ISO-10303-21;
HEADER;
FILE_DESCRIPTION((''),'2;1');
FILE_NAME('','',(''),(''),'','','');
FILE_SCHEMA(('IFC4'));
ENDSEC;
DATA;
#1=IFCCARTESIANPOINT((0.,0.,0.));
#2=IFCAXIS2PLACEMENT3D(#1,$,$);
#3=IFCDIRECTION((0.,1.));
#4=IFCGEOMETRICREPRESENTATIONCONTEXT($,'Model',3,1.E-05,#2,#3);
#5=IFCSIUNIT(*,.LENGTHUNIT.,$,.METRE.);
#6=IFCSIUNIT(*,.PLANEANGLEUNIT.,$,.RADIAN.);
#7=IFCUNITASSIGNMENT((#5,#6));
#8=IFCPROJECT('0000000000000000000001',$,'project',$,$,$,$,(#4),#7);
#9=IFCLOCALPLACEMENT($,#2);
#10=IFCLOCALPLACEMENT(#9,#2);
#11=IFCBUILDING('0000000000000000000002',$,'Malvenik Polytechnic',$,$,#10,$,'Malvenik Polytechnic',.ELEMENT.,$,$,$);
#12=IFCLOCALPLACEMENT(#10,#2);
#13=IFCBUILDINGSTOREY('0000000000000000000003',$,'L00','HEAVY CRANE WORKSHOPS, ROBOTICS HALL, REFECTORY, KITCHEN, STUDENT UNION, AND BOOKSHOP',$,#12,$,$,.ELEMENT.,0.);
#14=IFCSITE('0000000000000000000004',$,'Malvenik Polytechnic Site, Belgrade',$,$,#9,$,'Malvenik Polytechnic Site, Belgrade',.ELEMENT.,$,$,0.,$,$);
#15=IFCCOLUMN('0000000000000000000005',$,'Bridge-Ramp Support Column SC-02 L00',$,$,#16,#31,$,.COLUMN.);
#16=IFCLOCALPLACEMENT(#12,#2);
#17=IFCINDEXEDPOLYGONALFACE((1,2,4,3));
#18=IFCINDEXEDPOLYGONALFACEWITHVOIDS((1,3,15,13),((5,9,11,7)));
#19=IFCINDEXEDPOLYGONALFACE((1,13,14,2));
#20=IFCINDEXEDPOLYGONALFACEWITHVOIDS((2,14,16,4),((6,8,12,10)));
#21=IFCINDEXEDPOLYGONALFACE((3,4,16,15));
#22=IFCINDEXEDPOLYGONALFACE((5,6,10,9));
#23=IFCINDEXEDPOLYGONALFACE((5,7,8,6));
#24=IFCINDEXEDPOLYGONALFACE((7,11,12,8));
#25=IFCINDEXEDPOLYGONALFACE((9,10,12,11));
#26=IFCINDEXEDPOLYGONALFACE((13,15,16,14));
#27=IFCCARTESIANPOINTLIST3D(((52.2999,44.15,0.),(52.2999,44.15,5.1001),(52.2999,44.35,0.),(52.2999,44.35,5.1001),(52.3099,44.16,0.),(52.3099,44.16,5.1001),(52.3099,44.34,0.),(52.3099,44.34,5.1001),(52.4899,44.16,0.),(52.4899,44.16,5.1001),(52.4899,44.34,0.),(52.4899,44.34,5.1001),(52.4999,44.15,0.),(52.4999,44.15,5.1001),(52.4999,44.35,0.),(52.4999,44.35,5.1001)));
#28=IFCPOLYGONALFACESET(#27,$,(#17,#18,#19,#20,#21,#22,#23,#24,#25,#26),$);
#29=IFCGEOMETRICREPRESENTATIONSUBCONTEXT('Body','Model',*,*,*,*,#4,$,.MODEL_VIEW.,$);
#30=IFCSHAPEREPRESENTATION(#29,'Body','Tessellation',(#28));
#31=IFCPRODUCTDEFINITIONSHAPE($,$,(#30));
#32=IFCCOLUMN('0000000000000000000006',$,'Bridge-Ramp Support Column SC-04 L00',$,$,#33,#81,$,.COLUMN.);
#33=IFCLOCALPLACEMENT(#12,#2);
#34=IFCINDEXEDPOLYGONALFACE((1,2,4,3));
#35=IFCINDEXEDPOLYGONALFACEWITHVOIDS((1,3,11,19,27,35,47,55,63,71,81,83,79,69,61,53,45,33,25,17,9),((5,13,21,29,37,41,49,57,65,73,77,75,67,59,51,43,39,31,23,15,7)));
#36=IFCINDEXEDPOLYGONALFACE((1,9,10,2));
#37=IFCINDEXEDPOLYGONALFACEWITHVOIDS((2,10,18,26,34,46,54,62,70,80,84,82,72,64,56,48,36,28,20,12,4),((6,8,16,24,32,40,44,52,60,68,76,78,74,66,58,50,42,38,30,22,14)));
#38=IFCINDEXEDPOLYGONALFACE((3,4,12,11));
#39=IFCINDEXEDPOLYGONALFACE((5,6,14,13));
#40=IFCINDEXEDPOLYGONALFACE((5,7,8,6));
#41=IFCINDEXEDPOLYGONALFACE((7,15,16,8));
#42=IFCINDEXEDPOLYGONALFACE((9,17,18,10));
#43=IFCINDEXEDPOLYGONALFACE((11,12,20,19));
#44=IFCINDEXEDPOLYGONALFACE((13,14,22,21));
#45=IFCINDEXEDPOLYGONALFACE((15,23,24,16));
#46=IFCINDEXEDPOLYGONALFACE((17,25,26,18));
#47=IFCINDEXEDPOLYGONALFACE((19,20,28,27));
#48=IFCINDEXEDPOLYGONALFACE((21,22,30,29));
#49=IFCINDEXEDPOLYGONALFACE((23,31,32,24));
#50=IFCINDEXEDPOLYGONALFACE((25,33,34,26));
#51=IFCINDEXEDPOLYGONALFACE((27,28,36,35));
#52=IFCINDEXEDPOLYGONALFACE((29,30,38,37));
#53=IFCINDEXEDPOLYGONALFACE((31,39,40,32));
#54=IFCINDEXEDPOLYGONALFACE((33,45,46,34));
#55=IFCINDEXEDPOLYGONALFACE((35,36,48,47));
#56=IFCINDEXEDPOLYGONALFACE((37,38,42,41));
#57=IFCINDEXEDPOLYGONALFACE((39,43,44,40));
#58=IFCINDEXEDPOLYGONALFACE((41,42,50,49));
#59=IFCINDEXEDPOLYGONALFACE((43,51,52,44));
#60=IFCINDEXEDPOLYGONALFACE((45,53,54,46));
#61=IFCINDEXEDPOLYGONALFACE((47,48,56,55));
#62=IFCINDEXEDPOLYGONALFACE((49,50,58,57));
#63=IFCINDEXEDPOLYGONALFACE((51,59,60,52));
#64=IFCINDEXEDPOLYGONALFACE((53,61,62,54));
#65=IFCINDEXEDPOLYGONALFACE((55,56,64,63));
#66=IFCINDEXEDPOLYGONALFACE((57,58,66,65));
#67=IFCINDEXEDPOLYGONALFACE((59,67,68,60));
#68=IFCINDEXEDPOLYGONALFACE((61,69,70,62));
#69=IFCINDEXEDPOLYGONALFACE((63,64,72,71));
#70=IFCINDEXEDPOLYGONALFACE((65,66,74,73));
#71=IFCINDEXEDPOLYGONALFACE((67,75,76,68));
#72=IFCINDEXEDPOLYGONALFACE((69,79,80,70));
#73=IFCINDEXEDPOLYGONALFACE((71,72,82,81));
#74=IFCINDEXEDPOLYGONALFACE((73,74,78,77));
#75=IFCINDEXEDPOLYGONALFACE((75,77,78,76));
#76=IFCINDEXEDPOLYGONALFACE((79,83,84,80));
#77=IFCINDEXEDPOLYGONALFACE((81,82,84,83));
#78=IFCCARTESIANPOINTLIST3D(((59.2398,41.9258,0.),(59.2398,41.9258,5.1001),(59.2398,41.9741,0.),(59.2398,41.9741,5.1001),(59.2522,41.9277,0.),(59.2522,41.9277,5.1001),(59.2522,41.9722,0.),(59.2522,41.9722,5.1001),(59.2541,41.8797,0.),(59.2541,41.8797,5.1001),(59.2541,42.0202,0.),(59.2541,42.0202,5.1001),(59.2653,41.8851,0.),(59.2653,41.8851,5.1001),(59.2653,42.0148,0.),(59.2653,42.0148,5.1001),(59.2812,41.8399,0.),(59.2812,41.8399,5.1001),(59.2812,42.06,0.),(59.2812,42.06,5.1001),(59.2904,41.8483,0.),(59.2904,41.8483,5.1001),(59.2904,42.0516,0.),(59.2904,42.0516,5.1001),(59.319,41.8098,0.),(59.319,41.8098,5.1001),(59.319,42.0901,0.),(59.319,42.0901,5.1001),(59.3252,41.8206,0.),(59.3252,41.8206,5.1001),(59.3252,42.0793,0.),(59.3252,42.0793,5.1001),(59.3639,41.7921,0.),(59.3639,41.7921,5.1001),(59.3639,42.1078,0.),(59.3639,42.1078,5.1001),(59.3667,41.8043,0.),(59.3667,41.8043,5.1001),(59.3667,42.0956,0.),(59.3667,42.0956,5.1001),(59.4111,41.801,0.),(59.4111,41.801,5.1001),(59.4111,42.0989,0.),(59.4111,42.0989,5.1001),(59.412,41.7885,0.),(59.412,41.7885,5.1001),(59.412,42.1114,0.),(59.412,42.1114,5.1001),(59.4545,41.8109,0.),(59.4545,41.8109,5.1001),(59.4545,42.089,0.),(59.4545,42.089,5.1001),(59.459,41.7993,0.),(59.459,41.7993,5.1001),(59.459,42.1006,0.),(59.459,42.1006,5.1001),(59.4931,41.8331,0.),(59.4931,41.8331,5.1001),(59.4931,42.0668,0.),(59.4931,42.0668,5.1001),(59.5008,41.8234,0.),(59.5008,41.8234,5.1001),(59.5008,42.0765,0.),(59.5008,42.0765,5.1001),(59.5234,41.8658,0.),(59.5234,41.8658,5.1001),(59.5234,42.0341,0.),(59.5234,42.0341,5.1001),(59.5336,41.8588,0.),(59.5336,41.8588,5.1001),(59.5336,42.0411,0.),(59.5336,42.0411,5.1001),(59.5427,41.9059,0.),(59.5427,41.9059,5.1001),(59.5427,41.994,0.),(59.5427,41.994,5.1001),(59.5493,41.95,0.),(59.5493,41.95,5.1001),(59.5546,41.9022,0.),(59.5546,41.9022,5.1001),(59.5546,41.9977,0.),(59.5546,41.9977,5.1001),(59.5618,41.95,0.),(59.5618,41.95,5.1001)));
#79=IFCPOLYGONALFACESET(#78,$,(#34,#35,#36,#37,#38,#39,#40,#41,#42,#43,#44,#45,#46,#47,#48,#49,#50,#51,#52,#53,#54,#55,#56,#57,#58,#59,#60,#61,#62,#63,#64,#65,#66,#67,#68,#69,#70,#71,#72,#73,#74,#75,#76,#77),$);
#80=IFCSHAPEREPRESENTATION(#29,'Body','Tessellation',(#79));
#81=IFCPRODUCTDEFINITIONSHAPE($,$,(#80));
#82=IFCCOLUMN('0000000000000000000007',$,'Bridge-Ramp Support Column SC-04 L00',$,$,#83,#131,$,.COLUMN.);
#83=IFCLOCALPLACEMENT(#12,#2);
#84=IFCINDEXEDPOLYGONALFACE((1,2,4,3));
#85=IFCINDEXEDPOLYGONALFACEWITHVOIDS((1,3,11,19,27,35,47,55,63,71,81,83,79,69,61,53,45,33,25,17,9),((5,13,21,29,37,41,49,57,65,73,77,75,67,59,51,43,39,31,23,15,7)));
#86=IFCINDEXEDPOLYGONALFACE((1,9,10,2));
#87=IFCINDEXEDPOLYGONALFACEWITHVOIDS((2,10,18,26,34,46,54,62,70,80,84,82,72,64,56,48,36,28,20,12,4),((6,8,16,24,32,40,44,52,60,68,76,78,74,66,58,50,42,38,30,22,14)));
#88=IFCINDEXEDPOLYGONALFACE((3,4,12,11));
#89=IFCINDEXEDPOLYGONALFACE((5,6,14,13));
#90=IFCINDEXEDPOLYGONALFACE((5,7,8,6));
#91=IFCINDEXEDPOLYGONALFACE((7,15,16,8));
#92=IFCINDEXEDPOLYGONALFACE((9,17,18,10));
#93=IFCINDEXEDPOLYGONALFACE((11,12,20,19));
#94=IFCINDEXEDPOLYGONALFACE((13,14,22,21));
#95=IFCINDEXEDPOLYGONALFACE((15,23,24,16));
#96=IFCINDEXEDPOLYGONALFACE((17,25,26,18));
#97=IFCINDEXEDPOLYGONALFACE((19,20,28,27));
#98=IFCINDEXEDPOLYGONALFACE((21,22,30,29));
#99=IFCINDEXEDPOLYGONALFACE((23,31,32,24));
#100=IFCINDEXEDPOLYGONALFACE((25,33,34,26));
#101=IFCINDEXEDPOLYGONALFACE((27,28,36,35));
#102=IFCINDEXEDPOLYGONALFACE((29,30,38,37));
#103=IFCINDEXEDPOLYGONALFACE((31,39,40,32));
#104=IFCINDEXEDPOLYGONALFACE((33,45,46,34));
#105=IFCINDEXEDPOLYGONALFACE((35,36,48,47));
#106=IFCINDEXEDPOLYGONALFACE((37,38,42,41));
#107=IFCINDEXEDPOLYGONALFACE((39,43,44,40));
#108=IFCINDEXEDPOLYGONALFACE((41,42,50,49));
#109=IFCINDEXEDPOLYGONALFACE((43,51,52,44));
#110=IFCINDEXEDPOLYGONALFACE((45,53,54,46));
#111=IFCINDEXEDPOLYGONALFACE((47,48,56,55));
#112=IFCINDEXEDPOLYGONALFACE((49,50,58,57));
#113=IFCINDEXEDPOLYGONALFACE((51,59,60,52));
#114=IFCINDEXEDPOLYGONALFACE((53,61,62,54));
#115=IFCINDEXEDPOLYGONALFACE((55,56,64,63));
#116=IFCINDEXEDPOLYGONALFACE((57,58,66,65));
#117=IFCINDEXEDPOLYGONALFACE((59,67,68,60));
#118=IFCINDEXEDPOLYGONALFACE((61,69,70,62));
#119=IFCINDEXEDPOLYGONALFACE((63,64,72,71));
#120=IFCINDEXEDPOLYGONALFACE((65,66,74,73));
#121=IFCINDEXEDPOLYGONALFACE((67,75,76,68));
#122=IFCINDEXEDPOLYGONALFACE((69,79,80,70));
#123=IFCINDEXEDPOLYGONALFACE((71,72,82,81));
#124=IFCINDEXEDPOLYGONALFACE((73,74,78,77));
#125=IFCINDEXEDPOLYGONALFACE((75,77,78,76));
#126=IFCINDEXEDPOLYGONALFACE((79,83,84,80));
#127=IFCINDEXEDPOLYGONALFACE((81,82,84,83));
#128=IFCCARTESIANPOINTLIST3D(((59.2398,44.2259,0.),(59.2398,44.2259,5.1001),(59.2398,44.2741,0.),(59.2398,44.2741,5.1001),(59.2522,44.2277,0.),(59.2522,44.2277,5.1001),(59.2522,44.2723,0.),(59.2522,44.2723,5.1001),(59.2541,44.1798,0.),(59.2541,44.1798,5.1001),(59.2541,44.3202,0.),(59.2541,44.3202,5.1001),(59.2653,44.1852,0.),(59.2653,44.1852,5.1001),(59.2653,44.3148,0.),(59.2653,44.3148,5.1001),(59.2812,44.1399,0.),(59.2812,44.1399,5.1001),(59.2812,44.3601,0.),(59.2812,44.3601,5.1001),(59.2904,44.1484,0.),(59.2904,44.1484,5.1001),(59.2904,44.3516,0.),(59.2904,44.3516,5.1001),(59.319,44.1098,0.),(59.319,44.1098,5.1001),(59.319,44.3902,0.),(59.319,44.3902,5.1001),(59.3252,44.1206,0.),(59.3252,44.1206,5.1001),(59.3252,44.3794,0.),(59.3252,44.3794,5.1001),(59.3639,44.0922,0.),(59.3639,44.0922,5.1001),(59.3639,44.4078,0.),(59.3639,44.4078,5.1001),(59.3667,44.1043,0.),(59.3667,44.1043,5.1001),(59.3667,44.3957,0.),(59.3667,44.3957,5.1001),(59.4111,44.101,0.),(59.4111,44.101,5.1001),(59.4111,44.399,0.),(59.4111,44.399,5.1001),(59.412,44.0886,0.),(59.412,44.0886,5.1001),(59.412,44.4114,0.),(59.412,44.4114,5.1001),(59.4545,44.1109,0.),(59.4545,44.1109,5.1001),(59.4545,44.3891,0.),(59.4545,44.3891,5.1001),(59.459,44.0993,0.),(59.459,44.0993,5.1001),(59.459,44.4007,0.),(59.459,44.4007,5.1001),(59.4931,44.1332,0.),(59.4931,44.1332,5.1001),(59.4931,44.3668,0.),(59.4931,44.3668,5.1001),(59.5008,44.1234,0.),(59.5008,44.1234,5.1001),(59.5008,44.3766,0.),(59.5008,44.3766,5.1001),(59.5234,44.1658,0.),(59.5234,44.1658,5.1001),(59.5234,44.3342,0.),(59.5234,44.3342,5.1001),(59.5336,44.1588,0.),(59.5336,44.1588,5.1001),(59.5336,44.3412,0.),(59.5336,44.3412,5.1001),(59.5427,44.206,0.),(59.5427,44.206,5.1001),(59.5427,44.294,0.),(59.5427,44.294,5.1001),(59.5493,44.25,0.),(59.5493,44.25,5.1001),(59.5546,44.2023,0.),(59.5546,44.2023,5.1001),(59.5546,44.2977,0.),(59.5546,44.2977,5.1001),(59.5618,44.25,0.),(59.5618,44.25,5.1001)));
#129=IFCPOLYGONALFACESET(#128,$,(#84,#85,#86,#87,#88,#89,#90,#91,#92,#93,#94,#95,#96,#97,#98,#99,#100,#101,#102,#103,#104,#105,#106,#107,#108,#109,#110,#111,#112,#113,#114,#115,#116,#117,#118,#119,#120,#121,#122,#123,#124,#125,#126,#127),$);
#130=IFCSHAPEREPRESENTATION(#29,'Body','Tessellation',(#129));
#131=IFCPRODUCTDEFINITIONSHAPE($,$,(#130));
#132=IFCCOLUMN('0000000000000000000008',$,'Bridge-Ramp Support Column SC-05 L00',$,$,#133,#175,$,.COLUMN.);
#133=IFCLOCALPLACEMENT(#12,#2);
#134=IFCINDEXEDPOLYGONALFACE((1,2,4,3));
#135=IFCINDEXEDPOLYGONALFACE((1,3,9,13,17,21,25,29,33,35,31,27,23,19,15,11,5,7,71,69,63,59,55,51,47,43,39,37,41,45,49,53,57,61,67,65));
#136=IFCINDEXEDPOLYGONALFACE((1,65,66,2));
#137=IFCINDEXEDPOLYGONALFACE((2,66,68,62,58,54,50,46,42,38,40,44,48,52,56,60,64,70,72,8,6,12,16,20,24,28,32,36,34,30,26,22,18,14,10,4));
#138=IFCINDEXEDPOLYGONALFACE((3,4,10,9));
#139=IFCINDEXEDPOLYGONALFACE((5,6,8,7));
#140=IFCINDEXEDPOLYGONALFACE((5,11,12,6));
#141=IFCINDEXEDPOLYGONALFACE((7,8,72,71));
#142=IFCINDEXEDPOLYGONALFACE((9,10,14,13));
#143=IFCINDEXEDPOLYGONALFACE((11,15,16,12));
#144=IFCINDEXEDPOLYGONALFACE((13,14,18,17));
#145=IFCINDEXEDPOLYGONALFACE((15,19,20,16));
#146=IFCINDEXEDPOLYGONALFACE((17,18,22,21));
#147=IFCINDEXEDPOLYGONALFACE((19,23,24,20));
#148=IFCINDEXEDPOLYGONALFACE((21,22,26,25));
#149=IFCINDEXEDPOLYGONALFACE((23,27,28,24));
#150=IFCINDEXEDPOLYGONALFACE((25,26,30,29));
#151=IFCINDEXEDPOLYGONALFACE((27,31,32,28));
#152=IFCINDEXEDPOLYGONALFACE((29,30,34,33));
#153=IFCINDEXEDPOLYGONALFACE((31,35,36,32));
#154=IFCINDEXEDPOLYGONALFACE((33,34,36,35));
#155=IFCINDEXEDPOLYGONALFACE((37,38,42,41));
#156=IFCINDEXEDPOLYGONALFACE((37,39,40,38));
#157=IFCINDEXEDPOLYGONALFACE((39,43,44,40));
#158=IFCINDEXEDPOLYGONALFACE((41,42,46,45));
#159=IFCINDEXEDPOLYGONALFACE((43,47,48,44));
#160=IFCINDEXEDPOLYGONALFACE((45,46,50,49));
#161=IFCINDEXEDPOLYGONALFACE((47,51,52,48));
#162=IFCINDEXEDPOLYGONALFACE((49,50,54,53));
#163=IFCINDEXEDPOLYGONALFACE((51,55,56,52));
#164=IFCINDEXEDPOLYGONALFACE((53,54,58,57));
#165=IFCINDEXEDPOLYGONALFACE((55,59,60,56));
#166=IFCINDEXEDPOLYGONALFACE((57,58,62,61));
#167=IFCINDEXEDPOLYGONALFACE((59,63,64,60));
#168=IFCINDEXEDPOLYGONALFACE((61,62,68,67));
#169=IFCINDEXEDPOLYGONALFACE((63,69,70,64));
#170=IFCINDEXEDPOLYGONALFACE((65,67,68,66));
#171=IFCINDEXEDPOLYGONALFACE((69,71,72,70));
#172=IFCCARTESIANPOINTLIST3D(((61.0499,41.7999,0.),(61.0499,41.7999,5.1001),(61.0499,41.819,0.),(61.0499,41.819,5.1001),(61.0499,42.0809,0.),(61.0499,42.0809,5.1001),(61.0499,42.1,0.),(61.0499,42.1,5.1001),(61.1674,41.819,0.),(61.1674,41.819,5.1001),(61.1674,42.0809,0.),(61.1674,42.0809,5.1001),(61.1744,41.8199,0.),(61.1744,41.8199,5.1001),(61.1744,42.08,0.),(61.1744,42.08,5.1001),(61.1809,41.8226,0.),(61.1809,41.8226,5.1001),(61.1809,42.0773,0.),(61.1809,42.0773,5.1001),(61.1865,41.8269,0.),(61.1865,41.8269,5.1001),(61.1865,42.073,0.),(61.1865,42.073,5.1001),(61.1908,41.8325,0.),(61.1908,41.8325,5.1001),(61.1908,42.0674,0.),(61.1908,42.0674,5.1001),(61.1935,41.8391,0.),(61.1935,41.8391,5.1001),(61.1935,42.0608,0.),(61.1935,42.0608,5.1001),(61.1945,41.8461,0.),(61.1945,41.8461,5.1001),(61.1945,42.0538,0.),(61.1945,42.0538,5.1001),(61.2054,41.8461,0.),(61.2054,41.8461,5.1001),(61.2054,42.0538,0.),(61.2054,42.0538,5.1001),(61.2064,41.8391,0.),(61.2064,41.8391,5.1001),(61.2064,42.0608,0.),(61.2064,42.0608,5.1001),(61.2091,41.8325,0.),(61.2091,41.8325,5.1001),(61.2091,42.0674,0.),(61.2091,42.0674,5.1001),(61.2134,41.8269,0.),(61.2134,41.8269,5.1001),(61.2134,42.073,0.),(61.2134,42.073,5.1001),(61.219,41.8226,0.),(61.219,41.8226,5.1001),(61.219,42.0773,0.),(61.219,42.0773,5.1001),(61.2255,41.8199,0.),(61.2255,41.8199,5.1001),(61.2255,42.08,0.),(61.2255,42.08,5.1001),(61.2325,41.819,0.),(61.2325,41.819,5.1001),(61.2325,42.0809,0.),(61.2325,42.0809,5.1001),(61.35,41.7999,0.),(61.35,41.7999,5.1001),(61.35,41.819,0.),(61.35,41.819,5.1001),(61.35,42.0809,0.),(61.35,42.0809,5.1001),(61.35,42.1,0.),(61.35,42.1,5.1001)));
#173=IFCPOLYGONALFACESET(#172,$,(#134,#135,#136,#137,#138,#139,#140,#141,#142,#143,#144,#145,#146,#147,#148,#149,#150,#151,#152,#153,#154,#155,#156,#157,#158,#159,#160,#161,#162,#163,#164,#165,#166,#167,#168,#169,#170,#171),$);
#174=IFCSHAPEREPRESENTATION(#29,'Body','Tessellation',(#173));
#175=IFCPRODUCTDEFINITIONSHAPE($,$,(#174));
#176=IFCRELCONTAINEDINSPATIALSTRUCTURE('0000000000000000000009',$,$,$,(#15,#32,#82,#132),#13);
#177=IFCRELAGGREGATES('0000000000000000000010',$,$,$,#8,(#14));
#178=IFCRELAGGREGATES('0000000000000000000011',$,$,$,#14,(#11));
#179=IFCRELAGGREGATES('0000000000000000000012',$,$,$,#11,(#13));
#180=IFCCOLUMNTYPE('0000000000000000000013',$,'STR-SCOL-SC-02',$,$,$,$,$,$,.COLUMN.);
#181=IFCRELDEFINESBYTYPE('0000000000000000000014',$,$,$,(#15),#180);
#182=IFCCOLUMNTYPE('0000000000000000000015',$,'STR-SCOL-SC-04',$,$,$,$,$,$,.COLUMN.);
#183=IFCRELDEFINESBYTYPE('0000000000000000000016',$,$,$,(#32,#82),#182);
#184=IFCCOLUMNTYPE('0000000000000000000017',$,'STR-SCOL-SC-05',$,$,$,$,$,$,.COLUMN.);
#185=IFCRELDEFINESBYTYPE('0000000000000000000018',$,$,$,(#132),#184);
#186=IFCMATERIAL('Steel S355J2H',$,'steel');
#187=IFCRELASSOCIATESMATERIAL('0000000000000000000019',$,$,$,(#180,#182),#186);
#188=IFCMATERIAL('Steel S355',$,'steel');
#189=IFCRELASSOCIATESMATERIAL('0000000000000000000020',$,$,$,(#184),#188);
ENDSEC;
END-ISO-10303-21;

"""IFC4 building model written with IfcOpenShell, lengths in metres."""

from ifc_helpers import new_model, si_unit, direction, frame, origin, origin_2d, place, context, subcontext, project, spatial, hollow_rectangle, hollow_circle, i_section, extrude, material, material_profile, profile_set, type_object, element, save


model = new_model("IFC4")

# Units and contexts
model_context = context("Model", 3, precision=1e-05, world=origin(), true_north=direction((0.0, 1.0)))
body_context = subcontext(model_context, "Body", "Model", "MODEL_VIEW")
ifc_project = project(units=[si_unit("LENGTHUNIT", "METRE"), si_unit("PLANEANGLEUNIT", "RADIAN")], contexts=[model_context])

# Site, building, storey
site_placement = place(None, origin())
site = spatial("IfcSite", under=ifc_project, at=site_placement, Name="Malvenik Polytechnic Site, Belgrade", LongName="Malvenik Polytechnic Site, Belgrade", CompositionType="ELEMENT", RefElevation=0.0)
building_placement = place(site_placement, origin())
building = spatial("IfcBuilding", under=site, at=building_placement, Name="Malvenik Polytechnic", LongName="Malvenik Polytechnic", CompositionType="ELEMENT")
storey_placement = place(building_placement, origin())
storey = spatial("IfcBuildingStorey", under=building, at=storey_placement, Name="L00", Description="HEAVY CRANE WORKSHOPS, ROBOTICS HALL, REFECTORY, KITCHEN, STUDENT UNION, AND BOOKSHOP", CompositionType="ELEMENT", Elevation=0.0)

# Columns
ifc_material_1 = material(Name="Steel S355J2H", Category="steel")
ifc_material_profile_1 = material_profile(ifc_material_1, hollow_rectangle(XDim=0.2, YDim=0.2, WallThickness=0.01, at=origin_2d()), Name="SHS 200x200x10.0")
ifc_profile_set_1 = profile_set([ifc_material_profile_1], Name="Steel S355J2H")
column_type_1 = type_object("IfcColumnType", Name="STR-SCOL-SC-02", PredefinedType="COLUMN", material=ifc_profile_set_1)
for number, where, z_axis, x_axis, name in (
    (1, (52.3999, 44.25, 0.0), (0.0, 0.0, 1.0), (1.0, 0.0, 0.0), "Bridge-Ramp Support Column SC-02 L00"),
):
    element("IfcColumn", number, at=place(storey_placement, frame(where, z_axis=z_axis, x_axis=x_axis)), inside=storey, type_object=column_type_1, Name=name, PredefinedType="COLUMN", context=body_context, shape_type="SweptSolid", body=[
        extrude(hollow_rectangle(XDim=0.2, YDim=0.2, WallThickness=0.01, at=origin_2d()), origin(), (0.0, 0.0, 1.0), 5.1001),
    ])
ifc_material_profile_2 = material_profile(ifc_material_1, hollow_circle(Radius=0.1619, WallThickness=0.0125, at=origin_2d()), Name="CHS 323.9x12.5")
ifc_profile_set_2 = profile_set([ifc_material_profile_2], Name="Steel S355J2H")
column_type_2 = type_object("IfcColumnType", Name="STR-SCOL-SC-04", PredefinedType="COLUMN", material=ifc_profile_set_2)
for number, where, z_axis, x_axis, name in (
    (2, (59.3999, 41.95, 0.0), (0.0, 0.0, 1.0), (1.0, 0.0, 0.0), "Bridge-Ramp Support Column SC-04 L00"),
    (3, (59.3999, 44.25, 0.0), (0.0, 0.0, 1.0), (1.0, 0.0, 0.0), "Bridge-Ramp Support Column SC-04 L00"),
):
    element("IfcColumn", number, at=place(storey_placement, frame(where, z_axis=z_axis, x_axis=x_axis)), inside=storey, type_object=column_type_2, Name=name, PredefinedType="COLUMN", context=body_context, shape_type="SweptSolid", body=[
        extrude(hollow_circle(Radius=0.1619, WallThickness=0.0125, at=origin_2d()), origin(), (0.0, 0.0, 1.0), 5.1001),
    ])
ifc_material_2 = material(Name="Steel S355", Category="steel")
ifc_material_profile_3 = material_profile(ifc_material_2, i_section(OverallWidth=0.3, OverallDepth=0.3, WebThickness=0.011, FlangeThickness=0.019, FilletRadius=0.0271, at=origin_2d()), Name="HEB 300")
ifc_profile_set_3 = profile_set([ifc_material_profile_3], Name="Steel S355")
column_type_3 = type_object("IfcColumnType", Name="STR-SCOL-SC-05", PredefinedType="COLUMN", material=ifc_profile_set_3)
for number, where, z_axis, x_axis, name in (
    (4, (61.2, 41.95, 0.0), (0.0, 0.0, 1.0), (1.0, 0.0, 0.0), "Bridge-Ramp Support Column SC-05 L00"),
):
    element("IfcColumn", number, at=place(storey_placement, frame(where, z_axis=z_axis, x_axis=x_axis)), inside=storey, type_object=column_type_3, Name=name, PredefinedType="COLUMN", context=body_context, shape_type="SweptSolid", body=[
        extrude(i_section(OverallWidth=0.3, OverallDepth=0.3, WebThickness=0.011, FlangeThickness=0.019, FilletRadius=0.0271, at=origin_2d()), origin(), (0.0, 0.0, 1.0), 5.1001),
    ])

save(model, "model.ifc")
